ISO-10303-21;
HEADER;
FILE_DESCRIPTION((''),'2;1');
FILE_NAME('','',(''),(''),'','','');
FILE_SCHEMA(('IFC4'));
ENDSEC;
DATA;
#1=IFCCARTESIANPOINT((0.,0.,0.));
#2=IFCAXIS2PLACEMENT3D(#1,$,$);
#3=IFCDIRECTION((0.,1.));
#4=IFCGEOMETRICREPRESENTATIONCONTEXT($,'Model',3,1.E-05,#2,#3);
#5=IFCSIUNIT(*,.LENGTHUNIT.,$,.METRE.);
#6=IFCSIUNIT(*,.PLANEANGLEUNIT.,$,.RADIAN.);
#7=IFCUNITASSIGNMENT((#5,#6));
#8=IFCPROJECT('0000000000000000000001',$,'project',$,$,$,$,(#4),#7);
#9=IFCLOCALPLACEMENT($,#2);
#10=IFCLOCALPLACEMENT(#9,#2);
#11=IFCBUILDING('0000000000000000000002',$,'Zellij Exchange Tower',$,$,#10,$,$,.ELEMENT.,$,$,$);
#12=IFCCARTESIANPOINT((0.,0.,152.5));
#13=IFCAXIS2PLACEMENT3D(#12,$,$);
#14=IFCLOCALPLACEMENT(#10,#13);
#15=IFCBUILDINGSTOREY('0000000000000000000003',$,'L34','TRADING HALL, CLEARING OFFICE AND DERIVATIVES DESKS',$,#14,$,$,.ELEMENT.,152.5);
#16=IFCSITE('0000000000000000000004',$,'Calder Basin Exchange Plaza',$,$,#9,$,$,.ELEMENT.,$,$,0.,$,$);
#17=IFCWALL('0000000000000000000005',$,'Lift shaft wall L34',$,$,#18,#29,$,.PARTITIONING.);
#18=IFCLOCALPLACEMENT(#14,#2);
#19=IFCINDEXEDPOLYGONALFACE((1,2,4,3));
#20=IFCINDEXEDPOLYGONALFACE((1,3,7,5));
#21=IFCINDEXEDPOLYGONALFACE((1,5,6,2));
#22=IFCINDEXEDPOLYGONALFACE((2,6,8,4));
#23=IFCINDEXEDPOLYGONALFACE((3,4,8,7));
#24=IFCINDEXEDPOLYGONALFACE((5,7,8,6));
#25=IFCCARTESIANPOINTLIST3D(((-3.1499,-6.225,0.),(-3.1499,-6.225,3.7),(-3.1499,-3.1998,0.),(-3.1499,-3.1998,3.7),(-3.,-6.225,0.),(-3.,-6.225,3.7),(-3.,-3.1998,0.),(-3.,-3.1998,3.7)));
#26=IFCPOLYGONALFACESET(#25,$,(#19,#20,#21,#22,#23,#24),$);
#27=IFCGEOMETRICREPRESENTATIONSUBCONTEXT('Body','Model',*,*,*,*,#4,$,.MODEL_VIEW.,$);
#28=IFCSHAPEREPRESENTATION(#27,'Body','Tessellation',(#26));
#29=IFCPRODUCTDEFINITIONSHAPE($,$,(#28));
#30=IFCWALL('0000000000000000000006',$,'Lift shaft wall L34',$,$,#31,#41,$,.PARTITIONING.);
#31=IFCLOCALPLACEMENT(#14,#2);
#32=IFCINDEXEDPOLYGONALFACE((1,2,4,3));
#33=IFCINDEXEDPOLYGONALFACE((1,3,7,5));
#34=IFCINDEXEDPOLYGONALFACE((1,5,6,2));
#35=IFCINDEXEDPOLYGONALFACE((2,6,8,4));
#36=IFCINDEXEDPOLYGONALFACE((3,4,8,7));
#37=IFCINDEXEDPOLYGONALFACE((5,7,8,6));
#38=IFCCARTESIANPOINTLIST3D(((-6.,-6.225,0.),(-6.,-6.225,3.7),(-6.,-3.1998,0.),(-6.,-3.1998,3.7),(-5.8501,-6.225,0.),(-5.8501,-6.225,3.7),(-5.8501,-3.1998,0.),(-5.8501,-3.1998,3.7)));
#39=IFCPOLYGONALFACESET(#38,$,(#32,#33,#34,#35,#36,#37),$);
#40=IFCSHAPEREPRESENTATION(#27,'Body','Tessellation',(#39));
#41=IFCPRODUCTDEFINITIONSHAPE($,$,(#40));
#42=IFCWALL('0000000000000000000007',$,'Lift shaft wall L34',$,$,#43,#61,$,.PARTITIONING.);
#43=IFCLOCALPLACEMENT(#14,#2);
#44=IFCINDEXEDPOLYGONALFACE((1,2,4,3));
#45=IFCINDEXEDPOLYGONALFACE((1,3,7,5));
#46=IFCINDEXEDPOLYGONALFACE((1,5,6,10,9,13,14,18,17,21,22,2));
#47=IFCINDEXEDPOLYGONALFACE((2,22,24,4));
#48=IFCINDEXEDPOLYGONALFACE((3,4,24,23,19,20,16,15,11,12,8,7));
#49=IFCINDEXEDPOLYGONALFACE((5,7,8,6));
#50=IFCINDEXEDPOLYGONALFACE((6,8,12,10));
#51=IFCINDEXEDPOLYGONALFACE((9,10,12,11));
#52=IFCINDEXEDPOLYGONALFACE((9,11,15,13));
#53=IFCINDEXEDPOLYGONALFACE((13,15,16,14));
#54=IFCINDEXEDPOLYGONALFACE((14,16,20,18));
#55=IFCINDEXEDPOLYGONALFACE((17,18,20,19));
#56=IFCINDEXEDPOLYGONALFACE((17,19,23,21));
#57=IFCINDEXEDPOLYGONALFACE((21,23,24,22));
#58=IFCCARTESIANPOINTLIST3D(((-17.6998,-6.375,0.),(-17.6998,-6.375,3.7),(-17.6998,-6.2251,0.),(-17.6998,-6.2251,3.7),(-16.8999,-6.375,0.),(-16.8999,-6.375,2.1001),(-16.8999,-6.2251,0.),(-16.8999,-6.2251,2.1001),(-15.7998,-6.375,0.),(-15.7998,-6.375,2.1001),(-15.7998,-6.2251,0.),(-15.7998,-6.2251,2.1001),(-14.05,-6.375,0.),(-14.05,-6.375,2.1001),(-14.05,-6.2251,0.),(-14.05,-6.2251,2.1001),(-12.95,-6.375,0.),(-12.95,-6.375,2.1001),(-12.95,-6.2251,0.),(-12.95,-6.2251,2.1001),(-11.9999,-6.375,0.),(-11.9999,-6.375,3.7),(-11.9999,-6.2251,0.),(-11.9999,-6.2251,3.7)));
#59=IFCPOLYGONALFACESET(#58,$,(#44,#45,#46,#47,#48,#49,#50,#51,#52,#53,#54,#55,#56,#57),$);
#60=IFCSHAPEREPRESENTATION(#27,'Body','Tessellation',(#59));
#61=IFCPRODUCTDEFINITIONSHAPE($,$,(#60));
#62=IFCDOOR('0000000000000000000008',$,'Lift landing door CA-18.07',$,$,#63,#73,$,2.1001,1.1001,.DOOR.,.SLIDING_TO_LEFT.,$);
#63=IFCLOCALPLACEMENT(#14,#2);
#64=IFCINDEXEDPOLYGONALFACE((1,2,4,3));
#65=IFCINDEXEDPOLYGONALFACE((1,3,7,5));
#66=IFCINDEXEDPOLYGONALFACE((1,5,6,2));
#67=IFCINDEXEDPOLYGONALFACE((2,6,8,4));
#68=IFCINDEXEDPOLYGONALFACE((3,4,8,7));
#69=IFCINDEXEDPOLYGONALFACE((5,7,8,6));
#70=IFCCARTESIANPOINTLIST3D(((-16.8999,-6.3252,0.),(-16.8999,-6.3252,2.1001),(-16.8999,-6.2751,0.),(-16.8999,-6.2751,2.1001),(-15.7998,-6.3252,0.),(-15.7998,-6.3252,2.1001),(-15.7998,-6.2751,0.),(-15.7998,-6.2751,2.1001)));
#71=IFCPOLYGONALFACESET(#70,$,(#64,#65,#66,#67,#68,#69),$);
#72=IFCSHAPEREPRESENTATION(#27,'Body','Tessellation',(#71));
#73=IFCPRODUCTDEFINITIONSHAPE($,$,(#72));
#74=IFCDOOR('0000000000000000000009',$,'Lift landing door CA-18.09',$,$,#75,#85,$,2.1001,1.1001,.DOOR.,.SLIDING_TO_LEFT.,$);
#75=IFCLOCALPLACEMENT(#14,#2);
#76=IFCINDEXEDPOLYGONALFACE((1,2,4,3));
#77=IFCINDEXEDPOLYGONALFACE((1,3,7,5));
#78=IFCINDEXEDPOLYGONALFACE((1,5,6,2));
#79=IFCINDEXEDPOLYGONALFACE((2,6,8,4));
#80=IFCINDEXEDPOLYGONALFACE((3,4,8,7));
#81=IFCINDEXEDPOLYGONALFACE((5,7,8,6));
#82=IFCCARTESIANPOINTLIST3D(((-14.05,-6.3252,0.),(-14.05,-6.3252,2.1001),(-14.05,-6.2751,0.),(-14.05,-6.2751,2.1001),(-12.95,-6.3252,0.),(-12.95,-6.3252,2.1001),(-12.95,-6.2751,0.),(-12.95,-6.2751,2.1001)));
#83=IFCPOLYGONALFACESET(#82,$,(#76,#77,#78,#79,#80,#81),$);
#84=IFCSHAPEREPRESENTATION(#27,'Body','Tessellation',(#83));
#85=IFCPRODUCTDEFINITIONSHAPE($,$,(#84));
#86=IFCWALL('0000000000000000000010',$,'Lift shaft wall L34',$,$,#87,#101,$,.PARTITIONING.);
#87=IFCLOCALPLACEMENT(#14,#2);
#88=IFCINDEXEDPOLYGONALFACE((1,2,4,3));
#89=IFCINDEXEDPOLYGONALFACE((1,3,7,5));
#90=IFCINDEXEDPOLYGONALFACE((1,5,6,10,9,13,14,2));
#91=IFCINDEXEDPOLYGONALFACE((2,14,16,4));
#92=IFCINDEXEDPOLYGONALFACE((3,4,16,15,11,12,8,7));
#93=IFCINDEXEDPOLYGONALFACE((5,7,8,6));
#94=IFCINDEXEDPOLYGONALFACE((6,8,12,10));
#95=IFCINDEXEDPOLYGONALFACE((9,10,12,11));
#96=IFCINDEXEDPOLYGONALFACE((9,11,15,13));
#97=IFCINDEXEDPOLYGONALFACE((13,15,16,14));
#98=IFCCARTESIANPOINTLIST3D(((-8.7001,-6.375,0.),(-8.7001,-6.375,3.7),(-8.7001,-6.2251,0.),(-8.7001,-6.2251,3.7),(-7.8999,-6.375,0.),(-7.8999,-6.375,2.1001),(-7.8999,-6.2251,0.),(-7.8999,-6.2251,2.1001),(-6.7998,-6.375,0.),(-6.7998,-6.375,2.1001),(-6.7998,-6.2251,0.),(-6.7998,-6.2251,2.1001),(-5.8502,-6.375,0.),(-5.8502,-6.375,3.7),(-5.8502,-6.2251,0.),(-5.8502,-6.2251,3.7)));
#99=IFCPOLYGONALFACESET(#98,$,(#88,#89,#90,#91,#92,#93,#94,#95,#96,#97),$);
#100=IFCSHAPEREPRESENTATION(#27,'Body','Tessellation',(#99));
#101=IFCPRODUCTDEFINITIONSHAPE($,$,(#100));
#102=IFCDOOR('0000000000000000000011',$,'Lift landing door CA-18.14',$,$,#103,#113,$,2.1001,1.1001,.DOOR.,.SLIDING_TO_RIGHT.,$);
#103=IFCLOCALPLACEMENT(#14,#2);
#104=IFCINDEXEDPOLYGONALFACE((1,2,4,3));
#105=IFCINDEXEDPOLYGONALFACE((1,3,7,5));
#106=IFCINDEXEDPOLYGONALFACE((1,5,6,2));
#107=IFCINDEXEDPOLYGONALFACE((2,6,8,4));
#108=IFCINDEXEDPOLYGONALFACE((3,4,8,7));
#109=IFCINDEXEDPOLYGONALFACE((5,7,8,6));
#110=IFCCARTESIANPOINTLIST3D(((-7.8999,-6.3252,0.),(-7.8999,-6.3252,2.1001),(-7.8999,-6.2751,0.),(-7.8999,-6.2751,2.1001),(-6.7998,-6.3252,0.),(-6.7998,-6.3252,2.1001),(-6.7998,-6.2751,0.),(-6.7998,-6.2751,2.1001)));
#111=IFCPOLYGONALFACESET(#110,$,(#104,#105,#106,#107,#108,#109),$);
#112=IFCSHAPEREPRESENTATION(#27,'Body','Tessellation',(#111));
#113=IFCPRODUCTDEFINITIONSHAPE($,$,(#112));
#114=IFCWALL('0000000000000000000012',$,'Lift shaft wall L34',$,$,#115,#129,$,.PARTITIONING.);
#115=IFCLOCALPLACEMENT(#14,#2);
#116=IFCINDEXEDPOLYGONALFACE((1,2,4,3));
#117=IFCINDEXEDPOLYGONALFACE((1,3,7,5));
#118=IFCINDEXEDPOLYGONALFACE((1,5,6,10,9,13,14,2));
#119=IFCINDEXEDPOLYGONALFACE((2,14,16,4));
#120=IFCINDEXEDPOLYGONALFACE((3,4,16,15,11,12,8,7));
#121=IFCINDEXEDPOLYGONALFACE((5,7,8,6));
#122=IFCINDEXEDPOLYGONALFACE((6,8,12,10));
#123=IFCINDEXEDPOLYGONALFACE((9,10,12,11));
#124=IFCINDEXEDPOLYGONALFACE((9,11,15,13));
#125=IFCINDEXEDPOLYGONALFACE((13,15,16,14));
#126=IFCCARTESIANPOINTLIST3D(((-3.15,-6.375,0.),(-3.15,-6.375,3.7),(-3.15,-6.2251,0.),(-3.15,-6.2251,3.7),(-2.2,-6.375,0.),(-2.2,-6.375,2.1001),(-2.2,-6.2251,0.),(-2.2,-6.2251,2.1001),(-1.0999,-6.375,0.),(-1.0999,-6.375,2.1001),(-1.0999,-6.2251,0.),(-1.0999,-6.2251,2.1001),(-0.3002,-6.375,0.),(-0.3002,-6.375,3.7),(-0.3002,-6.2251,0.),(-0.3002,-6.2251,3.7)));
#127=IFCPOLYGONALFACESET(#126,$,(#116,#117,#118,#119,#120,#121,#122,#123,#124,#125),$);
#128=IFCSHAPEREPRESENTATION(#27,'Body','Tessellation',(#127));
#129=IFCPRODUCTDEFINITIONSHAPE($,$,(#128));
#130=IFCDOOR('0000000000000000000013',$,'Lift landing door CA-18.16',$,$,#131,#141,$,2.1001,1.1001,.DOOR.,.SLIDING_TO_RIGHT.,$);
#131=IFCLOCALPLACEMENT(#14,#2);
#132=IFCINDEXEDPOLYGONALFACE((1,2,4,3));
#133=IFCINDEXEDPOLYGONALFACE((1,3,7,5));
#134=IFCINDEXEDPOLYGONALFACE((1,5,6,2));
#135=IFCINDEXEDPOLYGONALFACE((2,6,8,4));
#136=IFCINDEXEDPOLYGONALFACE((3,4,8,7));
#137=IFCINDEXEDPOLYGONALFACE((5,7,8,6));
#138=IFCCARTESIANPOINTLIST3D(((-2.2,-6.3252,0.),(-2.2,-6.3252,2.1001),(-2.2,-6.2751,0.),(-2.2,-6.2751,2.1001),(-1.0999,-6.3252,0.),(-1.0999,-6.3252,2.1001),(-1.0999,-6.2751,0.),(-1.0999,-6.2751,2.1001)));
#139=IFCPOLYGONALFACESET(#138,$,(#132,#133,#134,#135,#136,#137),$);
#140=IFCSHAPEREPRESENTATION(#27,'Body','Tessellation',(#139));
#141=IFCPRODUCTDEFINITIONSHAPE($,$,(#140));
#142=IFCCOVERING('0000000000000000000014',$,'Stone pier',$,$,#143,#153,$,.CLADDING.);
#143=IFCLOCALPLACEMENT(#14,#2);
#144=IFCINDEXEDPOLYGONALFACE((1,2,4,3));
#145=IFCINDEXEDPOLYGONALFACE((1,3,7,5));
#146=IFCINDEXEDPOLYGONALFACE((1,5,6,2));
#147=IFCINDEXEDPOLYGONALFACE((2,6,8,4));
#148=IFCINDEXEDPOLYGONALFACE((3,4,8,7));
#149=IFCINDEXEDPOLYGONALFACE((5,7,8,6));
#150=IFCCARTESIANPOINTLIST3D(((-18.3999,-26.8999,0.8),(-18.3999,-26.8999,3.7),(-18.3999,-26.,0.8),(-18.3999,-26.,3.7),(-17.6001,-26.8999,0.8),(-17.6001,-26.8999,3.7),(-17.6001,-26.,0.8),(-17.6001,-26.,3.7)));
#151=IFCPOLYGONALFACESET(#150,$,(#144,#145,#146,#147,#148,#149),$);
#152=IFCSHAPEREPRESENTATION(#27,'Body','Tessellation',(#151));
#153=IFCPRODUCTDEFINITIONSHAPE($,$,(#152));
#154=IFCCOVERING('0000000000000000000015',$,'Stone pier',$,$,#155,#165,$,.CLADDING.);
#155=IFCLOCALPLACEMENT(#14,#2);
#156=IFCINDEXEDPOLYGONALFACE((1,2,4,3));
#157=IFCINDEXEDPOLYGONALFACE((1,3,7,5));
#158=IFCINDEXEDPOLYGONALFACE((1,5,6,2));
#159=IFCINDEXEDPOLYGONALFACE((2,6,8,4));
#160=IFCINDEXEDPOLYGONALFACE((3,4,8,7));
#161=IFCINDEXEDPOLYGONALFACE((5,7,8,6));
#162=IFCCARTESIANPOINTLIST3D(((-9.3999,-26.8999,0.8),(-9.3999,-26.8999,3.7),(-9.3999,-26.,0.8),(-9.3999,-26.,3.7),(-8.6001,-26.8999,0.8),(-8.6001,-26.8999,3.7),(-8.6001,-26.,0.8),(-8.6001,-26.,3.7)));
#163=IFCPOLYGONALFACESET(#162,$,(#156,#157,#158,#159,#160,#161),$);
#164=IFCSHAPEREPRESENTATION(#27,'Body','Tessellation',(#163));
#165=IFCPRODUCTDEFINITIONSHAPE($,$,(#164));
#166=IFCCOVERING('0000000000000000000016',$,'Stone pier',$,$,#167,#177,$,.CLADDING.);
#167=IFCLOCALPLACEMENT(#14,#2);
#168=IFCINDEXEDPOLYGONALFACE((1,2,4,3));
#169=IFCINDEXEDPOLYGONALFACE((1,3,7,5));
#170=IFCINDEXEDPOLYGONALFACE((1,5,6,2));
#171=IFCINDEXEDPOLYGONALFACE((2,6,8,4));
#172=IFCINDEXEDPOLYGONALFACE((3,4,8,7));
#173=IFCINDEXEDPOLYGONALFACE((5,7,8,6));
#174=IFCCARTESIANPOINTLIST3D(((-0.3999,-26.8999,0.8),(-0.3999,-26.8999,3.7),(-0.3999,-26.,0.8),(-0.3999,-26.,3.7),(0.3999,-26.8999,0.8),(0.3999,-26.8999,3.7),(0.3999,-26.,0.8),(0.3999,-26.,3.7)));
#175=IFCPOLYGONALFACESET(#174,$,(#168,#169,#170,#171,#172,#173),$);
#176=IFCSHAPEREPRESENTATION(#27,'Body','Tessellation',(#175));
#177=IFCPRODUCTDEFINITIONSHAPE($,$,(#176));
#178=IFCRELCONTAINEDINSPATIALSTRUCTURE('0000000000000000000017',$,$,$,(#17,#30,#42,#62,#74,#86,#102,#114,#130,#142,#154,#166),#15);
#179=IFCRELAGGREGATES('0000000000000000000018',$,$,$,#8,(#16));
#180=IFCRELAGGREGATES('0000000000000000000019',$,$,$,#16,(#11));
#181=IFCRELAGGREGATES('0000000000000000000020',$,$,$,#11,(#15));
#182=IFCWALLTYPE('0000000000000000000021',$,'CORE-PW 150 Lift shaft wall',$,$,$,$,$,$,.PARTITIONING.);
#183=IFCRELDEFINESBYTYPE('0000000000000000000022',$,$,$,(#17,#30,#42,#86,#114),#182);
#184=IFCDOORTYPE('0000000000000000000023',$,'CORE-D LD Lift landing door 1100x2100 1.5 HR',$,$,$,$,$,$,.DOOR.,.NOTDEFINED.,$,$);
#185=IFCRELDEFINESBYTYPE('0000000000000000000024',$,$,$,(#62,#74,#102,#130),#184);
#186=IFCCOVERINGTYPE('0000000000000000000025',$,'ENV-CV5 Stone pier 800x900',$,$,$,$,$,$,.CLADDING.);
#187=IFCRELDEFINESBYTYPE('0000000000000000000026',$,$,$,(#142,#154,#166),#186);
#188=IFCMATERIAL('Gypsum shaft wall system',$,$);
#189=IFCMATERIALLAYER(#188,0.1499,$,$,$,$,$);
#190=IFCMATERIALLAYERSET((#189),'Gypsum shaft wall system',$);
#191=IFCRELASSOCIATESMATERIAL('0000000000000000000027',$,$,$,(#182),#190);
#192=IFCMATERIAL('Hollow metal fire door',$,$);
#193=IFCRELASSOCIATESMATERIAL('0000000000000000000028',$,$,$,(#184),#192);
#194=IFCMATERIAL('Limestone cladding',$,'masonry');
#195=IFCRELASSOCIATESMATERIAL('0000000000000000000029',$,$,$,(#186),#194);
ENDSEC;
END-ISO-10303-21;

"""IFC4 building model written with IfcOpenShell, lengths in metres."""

from ifc_helpers import new_model, si_unit, direction, frame, frame_2d, origin, place, context, subcontext, project, spatial, polyline, rectangle, outline, extrude, material, layer, layer_set, type_object, element, fill, save


model = new_model("IFC4")

# Units and contexts
model_context = context("Model", 3, precision=1e-05, world=origin(), true_north=direction((0.0, 1.0)))
body_context = subcontext(model_context, "Body", "Model", "MODEL_VIEW")
ifc_project = project(units=[si_unit("LENGTHUNIT", "METRE"), si_unit("PLANEANGLEUNIT", "RADIAN")], contexts=[model_context])

# Site, building, storey
site_placement = place(None, origin())
site = spatial("IfcSite", under=ifc_project, at=site_placement, Name="Calder Basin Exchange Plaza", CompositionType="ELEMENT", RefElevation=0.0)
building_placement = place(site_placement, origin())
building = spatial("IfcBuilding", under=site, at=building_placement, Name="Zellij Exchange Tower", CompositionType="ELEMENT")
storey_placement = place(building_placement, frame((0.0, 0.0, 152.5)))
storey = spatial("IfcBuildingStorey", under=building, at=storey_placement, Name="L34", Description="TRADING HALL, CLEARING OFFICE AND DERIVATIVES DESKS", CompositionType="ELEMENT", Elevation=152.5)

# Walls
ifc_material_1 = material(Name="Gypsum shaft wall system")
ifc_layer_1 = layer(ifc_material_1, 0.1499)
ifc_layer_set_1 = layer_set([ifc_layer_1], Name="Gypsum shaft wall system")
wall_type_1 = type_object("IfcWallType", Name="CORE-PW 150 Lift shaft wall", PredefinedType="PARTITIONING", material=ifc_layer_set_1)
for number, where, z_axis, x_axis, name in (
    (1, (-3.075, -6.2251, 0.0), (0.0, 0.0, 1.0), (0.0, 1.0, 0.0), "Lift shaft wall L34"),
    (2, (-5.925, -6.2251, 0.0), (0.0, 0.0, 1.0), (0.0, 1.0, 0.0), "Lift shaft wall L34"),
):
    element("IfcWall", number, at=place(storey_placement, frame(where, z_axis=z_axis, x_axis=x_axis)), inside=storey, type_object=wall_type_1, Name=name, PredefinedType="PARTITIONING", context=body_context, shape_type="SweptSolid", body=[
        extrude(rectangle(XDim=3.0251, YDim=0.1499, at=frame_2d((1.5127, 0.0))), origin(), (0.0, 0.0, 1.0), 3.7),
    ])

# Wall, openings, doors
wall_1_placement = place(storey_placement, frame((-17.7, -6.3, 0.0), z_axis=(0.0, 0.0, 1.0), x_axis=(1.0, 0.0, 0.0)))
wall_1 = element("IfcWall", 3, at=wall_1_placement, inside=storey, type_object=wall_type_1, Name="Lift shaft wall L34", PredefinedType="PARTITIONING", context=body_context, shape_type="SweptSolid", body=[
    extrude(rectangle(XDim=5.7, YDim=0.1499, at=frame_2d((2.8501, 0.0))), origin(), (0.0, 0.0, 1.0), 3.7),
])
opening_1_placement = place(wall_1_placement, frame((0.8, 0.0, 0.0)))
opening_1 = element("IfcOpeningElement", 4, at=opening_1_placement, cuts=wall_1, PredefinedType="OPENING", context=body_context, shape_type="SweptSolid", body=[
    extrude(rectangle(XDim=1.1001, YDim=2.1001, at=frame_2d((0.55, 1.05))), frame((0.0, 0.0869, 0.0), z_axis=(0.0, -1.0, 0.0), x_axis=(1.0, 0.0, 0.0)), (0.0, 0.0, 1.0), 0.1738),
])
opening_2_placement = place(wall_1_placement, frame((3.6499, 0.0, 0.0)))
opening_2 = element("IfcOpeningElement", 5, at=opening_2_placement, cuts=wall_1, PredefinedType="OPENING", context=body_context, shape_type="SweptSolid", body=[
    extrude(rectangle(XDim=1.1001, YDim=2.1001, at=frame_2d((0.55, 1.05))), frame((0.0, 0.0869, 0.0), z_axis=(0.0, -1.0, 0.0), x_axis=(1.0, 0.0, 0.0)), (0.0, 0.0, 1.0), 0.1738),
])
ifc_material_2 = material(Name="Hollow metal fire door")
door_type = type_object("IfcDoorType", Name="CORE-D LD Lift landing door 1100x2100 1.5 HR", OperationType="NOTDEFINED", PredefinedType="DOOR", material=ifc_material_2)
door_1_placement = place(opening_1_placement, origin())
door_1 = element("IfcDoor", 6, at=door_1_placement, inside=storey, type_object=door_type, Name="Lift landing door CA-18.07", OperationType="SLIDING_TO_LEFT", OverallHeight=2.1001, OverallWidth=1.1001, PredefinedType="DOOR", context=body_context, shape_type="SweptSolid", body=[
    extrude(rectangle(XDim=1.1001, YDim=2.1001, at=frame_2d((0.55, 1.05))), frame((0.0, 0.0249, 0.0), z_axis=(0.0, -1.0, 0.0), x_axis=(1.0, 0.0, 0.0)), (0.0, 0.0, 1.0), 0.05),
])
fill(opening_1, door_1)
door_2_placement = place(opening_2_placement, origin())
door_2 = element("IfcDoor", 7, at=door_2_placement, inside=storey, type_object=door_type, Name="Lift landing door CA-18.09", OperationType="SLIDING_TO_LEFT", OverallHeight=2.1001, OverallWidth=1.1001, PredefinedType="DOOR", context=body_context, shape_type="SweptSolid", body=[
    extrude(rectangle(XDim=1.1001, YDim=2.1001, at=frame_2d((0.55, 1.05))), frame((0.0, 0.0249, 0.0), z_axis=(0.0, -1.0, 0.0), x_axis=(1.0, 0.0, 0.0)), (0.0, 0.0, 1.0), 0.05),
])
fill(opening_2, door_2)

# Walls, openings, doors
wall_2_placement = place(storey_placement, frame((-8.7, -6.3, 0.0), z_axis=(0.0, 0.0, 1.0), x_axis=(1.0, 0.0, 0.0)))
wall_2 = element("IfcWall", 8, at=wall_2_placement, inside=storey, type_object=wall_type_1, Name="Lift shaft wall L34", PredefinedType="PARTITIONING", context=body_context, shape_type="SweptSolid", body=[
    extrude(rectangle(XDim=2.8499, YDim=0.1499, at=frame_2d((1.4248, 0.0))), origin(), (0.0, 0.0, 1.0), 3.7),
])
opening_3_placement = place(wall_2_placement, frame((0.8, 0.0, 0.0)))
opening_3 = element("IfcOpeningElement", 9, at=opening_3_placement, cuts=wall_2, PredefinedType="OPENING", context=body_context, shape_type="SweptSolid", body=[
    extrude(rectangle(XDim=1.1001, YDim=2.1001, at=frame_2d((0.55, 1.05))), frame((0.0, 0.0869, 0.0), z_axis=(0.0, -1.0, 0.0), x_axis=(1.0, 0.0, 0.0)), (0.0, 0.0, 1.0), 0.1738),
])
door_3_placement = place(opening_3_placement, origin())
door_3 = element("IfcDoor", 10, at=door_3_placement, inside=storey, type_object=door_type, Name="Lift landing door CA-18.14", OperationType="SLIDING_TO_RIGHT", OverallHeight=2.1001, OverallWidth=1.1001, PredefinedType="DOOR", context=body_context, shape_type="SweptSolid", body=[
    extrude(rectangle(XDim=1.1001, YDim=2.1001, at=frame_2d((0.55, 1.05))), frame((0.0, 0.0249, 0.0), z_axis=(0.0, -1.0, 0.0), x_axis=(1.0, 0.0, 0.0)), (0.0, 0.0, 1.0), 0.05),
])
fill(opening_3, door_3)
wall_3_placement = place(storey_placement, frame((-3.1499, -6.3, 0.0), z_axis=(0.0, 0.0, 1.0), x_axis=(1.0, 0.0, 0.0)))
wall_3 = element("IfcWall", 11, at=wall_3_placement, inside=storey, type_object=wall_type_1, Name="Lift shaft wall L34", PredefinedType="PARTITIONING", context=body_context, shape_type="SweptSolid", body=[
    extrude(rectangle(XDim=2.8499, YDim=0.1499, at=frame_2d((1.4248, 0.0))), origin(), (0.0, 0.0, 1.0), 3.7),
])
opening_4_placement = place(wall_3_placement, frame((0.95, 0.0, 0.0)))
opening_4 = element("IfcOpeningElement", 12, at=opening_4_placement, cuts=wall_3, PredefinedType="OPENING", context=body_context, shape_type="SweptSolid", body=[
    extrude(rectangle(XDim=1.1001, YDim=2.1001, at=frame_2d((0.55, 1.05))), frame((0.0, 0.0869, 0.0), z_axis=(0.0, -1.0, 0.0), x_axis=(1.0, 0.0, 0.0)), (0.0, 0.0, 1.0), 0.1738),
])
door_4_placement = place(opening_4_placement, origin())
door_4 = element("IfcDoor", 13, at=door_4_placement, inside=storey, type_object=door_type, Name="Lift landing door CA-18.16", OperationType="SLIDING_TO_RIGHT", OverallHeight=2.1001, OverallWidth=1.1001, PredefinedType="DOOR", context=body_context, shape_type="SweptSolid", body=[
    extrude(rectangle(XDim=1.1001, YDim=2.1001, at=frame_2d((0.55, 1.05))), frame((0.0, 0.0249, 0.0), z_axis=(0.0, -1.0, 0.0), x_axis=(1.0, 0.0, 0.0)), (0.0, 0.0, 1.0), 0.05),
])
fill(opening_4, door_4)

# Coverings
ifc_material_3 = material(Name="Limestone cladding", Category="masonry")
covering_type_1 = type_object("IfcCoveringType", Name="ENV-CV5 Stone pier 800x900", PredefinedType="CLADDING", material=ifc_material_3)
covering_1_placement = place(storey_placement, frame((0.0, 0.0, 0.8)))
element("IfcCovering", 14, at=covering_1_placement, inside=storey, type_object=covering_type_1, Name="Stone pier", PredefinedType="CLADDING", context=body_context, shape_type="SweptSolid", body=[
    extrude(outline(polyline([(-18.3999, -26.0), (-17.6001, -26.0), (-17.6001, -26.8999), (-18.3999, -26.8999), (-18.3999, -26.0)])), origin(), (0.0, 0.0, 1.0), 2.8999),
])
covering_2_placement = place(storey_placement, frame((0.0, 0.0, 0.8)))
element("IfcCovering", 15, at=covering_2_placement, inside=storey, type_object=covering_type_1, Name="Stone pier", PredefinedType="CLADDING", context=body_context, shape_type="SweptSolid", body=[
    extrude(outline(polyline([(-9.3999, -26.0), (-8.6001, -26.0), (-8.6001, -26.8999), (-9.3999, -26.8999), (-9.3999, -26.0)])), origin(), (0.0, 0.0, 1.0), 2.8999),
])
covering_3_placement = place(storey_placement, frame((0.0, 0.0, 0.8)))
element("IfcCovering", 16, at=covering_3_placement, inside=storey, type_object=covering_type_1, Name="Stone pier", PredefinedType="CLADDING", context=body_context, shape_type="SweptSolid", body=[
    extrude(outline(polyline([(-0.3999, -26.0), (0.3999, -26.0), (0.3999, -26.8999), (-0.3999, -26.8999), (-0.3999, -26.0)])), origin(), (0.0, 0.0, 1.0), 2.8999),
])

save(model, "model.ifc")
